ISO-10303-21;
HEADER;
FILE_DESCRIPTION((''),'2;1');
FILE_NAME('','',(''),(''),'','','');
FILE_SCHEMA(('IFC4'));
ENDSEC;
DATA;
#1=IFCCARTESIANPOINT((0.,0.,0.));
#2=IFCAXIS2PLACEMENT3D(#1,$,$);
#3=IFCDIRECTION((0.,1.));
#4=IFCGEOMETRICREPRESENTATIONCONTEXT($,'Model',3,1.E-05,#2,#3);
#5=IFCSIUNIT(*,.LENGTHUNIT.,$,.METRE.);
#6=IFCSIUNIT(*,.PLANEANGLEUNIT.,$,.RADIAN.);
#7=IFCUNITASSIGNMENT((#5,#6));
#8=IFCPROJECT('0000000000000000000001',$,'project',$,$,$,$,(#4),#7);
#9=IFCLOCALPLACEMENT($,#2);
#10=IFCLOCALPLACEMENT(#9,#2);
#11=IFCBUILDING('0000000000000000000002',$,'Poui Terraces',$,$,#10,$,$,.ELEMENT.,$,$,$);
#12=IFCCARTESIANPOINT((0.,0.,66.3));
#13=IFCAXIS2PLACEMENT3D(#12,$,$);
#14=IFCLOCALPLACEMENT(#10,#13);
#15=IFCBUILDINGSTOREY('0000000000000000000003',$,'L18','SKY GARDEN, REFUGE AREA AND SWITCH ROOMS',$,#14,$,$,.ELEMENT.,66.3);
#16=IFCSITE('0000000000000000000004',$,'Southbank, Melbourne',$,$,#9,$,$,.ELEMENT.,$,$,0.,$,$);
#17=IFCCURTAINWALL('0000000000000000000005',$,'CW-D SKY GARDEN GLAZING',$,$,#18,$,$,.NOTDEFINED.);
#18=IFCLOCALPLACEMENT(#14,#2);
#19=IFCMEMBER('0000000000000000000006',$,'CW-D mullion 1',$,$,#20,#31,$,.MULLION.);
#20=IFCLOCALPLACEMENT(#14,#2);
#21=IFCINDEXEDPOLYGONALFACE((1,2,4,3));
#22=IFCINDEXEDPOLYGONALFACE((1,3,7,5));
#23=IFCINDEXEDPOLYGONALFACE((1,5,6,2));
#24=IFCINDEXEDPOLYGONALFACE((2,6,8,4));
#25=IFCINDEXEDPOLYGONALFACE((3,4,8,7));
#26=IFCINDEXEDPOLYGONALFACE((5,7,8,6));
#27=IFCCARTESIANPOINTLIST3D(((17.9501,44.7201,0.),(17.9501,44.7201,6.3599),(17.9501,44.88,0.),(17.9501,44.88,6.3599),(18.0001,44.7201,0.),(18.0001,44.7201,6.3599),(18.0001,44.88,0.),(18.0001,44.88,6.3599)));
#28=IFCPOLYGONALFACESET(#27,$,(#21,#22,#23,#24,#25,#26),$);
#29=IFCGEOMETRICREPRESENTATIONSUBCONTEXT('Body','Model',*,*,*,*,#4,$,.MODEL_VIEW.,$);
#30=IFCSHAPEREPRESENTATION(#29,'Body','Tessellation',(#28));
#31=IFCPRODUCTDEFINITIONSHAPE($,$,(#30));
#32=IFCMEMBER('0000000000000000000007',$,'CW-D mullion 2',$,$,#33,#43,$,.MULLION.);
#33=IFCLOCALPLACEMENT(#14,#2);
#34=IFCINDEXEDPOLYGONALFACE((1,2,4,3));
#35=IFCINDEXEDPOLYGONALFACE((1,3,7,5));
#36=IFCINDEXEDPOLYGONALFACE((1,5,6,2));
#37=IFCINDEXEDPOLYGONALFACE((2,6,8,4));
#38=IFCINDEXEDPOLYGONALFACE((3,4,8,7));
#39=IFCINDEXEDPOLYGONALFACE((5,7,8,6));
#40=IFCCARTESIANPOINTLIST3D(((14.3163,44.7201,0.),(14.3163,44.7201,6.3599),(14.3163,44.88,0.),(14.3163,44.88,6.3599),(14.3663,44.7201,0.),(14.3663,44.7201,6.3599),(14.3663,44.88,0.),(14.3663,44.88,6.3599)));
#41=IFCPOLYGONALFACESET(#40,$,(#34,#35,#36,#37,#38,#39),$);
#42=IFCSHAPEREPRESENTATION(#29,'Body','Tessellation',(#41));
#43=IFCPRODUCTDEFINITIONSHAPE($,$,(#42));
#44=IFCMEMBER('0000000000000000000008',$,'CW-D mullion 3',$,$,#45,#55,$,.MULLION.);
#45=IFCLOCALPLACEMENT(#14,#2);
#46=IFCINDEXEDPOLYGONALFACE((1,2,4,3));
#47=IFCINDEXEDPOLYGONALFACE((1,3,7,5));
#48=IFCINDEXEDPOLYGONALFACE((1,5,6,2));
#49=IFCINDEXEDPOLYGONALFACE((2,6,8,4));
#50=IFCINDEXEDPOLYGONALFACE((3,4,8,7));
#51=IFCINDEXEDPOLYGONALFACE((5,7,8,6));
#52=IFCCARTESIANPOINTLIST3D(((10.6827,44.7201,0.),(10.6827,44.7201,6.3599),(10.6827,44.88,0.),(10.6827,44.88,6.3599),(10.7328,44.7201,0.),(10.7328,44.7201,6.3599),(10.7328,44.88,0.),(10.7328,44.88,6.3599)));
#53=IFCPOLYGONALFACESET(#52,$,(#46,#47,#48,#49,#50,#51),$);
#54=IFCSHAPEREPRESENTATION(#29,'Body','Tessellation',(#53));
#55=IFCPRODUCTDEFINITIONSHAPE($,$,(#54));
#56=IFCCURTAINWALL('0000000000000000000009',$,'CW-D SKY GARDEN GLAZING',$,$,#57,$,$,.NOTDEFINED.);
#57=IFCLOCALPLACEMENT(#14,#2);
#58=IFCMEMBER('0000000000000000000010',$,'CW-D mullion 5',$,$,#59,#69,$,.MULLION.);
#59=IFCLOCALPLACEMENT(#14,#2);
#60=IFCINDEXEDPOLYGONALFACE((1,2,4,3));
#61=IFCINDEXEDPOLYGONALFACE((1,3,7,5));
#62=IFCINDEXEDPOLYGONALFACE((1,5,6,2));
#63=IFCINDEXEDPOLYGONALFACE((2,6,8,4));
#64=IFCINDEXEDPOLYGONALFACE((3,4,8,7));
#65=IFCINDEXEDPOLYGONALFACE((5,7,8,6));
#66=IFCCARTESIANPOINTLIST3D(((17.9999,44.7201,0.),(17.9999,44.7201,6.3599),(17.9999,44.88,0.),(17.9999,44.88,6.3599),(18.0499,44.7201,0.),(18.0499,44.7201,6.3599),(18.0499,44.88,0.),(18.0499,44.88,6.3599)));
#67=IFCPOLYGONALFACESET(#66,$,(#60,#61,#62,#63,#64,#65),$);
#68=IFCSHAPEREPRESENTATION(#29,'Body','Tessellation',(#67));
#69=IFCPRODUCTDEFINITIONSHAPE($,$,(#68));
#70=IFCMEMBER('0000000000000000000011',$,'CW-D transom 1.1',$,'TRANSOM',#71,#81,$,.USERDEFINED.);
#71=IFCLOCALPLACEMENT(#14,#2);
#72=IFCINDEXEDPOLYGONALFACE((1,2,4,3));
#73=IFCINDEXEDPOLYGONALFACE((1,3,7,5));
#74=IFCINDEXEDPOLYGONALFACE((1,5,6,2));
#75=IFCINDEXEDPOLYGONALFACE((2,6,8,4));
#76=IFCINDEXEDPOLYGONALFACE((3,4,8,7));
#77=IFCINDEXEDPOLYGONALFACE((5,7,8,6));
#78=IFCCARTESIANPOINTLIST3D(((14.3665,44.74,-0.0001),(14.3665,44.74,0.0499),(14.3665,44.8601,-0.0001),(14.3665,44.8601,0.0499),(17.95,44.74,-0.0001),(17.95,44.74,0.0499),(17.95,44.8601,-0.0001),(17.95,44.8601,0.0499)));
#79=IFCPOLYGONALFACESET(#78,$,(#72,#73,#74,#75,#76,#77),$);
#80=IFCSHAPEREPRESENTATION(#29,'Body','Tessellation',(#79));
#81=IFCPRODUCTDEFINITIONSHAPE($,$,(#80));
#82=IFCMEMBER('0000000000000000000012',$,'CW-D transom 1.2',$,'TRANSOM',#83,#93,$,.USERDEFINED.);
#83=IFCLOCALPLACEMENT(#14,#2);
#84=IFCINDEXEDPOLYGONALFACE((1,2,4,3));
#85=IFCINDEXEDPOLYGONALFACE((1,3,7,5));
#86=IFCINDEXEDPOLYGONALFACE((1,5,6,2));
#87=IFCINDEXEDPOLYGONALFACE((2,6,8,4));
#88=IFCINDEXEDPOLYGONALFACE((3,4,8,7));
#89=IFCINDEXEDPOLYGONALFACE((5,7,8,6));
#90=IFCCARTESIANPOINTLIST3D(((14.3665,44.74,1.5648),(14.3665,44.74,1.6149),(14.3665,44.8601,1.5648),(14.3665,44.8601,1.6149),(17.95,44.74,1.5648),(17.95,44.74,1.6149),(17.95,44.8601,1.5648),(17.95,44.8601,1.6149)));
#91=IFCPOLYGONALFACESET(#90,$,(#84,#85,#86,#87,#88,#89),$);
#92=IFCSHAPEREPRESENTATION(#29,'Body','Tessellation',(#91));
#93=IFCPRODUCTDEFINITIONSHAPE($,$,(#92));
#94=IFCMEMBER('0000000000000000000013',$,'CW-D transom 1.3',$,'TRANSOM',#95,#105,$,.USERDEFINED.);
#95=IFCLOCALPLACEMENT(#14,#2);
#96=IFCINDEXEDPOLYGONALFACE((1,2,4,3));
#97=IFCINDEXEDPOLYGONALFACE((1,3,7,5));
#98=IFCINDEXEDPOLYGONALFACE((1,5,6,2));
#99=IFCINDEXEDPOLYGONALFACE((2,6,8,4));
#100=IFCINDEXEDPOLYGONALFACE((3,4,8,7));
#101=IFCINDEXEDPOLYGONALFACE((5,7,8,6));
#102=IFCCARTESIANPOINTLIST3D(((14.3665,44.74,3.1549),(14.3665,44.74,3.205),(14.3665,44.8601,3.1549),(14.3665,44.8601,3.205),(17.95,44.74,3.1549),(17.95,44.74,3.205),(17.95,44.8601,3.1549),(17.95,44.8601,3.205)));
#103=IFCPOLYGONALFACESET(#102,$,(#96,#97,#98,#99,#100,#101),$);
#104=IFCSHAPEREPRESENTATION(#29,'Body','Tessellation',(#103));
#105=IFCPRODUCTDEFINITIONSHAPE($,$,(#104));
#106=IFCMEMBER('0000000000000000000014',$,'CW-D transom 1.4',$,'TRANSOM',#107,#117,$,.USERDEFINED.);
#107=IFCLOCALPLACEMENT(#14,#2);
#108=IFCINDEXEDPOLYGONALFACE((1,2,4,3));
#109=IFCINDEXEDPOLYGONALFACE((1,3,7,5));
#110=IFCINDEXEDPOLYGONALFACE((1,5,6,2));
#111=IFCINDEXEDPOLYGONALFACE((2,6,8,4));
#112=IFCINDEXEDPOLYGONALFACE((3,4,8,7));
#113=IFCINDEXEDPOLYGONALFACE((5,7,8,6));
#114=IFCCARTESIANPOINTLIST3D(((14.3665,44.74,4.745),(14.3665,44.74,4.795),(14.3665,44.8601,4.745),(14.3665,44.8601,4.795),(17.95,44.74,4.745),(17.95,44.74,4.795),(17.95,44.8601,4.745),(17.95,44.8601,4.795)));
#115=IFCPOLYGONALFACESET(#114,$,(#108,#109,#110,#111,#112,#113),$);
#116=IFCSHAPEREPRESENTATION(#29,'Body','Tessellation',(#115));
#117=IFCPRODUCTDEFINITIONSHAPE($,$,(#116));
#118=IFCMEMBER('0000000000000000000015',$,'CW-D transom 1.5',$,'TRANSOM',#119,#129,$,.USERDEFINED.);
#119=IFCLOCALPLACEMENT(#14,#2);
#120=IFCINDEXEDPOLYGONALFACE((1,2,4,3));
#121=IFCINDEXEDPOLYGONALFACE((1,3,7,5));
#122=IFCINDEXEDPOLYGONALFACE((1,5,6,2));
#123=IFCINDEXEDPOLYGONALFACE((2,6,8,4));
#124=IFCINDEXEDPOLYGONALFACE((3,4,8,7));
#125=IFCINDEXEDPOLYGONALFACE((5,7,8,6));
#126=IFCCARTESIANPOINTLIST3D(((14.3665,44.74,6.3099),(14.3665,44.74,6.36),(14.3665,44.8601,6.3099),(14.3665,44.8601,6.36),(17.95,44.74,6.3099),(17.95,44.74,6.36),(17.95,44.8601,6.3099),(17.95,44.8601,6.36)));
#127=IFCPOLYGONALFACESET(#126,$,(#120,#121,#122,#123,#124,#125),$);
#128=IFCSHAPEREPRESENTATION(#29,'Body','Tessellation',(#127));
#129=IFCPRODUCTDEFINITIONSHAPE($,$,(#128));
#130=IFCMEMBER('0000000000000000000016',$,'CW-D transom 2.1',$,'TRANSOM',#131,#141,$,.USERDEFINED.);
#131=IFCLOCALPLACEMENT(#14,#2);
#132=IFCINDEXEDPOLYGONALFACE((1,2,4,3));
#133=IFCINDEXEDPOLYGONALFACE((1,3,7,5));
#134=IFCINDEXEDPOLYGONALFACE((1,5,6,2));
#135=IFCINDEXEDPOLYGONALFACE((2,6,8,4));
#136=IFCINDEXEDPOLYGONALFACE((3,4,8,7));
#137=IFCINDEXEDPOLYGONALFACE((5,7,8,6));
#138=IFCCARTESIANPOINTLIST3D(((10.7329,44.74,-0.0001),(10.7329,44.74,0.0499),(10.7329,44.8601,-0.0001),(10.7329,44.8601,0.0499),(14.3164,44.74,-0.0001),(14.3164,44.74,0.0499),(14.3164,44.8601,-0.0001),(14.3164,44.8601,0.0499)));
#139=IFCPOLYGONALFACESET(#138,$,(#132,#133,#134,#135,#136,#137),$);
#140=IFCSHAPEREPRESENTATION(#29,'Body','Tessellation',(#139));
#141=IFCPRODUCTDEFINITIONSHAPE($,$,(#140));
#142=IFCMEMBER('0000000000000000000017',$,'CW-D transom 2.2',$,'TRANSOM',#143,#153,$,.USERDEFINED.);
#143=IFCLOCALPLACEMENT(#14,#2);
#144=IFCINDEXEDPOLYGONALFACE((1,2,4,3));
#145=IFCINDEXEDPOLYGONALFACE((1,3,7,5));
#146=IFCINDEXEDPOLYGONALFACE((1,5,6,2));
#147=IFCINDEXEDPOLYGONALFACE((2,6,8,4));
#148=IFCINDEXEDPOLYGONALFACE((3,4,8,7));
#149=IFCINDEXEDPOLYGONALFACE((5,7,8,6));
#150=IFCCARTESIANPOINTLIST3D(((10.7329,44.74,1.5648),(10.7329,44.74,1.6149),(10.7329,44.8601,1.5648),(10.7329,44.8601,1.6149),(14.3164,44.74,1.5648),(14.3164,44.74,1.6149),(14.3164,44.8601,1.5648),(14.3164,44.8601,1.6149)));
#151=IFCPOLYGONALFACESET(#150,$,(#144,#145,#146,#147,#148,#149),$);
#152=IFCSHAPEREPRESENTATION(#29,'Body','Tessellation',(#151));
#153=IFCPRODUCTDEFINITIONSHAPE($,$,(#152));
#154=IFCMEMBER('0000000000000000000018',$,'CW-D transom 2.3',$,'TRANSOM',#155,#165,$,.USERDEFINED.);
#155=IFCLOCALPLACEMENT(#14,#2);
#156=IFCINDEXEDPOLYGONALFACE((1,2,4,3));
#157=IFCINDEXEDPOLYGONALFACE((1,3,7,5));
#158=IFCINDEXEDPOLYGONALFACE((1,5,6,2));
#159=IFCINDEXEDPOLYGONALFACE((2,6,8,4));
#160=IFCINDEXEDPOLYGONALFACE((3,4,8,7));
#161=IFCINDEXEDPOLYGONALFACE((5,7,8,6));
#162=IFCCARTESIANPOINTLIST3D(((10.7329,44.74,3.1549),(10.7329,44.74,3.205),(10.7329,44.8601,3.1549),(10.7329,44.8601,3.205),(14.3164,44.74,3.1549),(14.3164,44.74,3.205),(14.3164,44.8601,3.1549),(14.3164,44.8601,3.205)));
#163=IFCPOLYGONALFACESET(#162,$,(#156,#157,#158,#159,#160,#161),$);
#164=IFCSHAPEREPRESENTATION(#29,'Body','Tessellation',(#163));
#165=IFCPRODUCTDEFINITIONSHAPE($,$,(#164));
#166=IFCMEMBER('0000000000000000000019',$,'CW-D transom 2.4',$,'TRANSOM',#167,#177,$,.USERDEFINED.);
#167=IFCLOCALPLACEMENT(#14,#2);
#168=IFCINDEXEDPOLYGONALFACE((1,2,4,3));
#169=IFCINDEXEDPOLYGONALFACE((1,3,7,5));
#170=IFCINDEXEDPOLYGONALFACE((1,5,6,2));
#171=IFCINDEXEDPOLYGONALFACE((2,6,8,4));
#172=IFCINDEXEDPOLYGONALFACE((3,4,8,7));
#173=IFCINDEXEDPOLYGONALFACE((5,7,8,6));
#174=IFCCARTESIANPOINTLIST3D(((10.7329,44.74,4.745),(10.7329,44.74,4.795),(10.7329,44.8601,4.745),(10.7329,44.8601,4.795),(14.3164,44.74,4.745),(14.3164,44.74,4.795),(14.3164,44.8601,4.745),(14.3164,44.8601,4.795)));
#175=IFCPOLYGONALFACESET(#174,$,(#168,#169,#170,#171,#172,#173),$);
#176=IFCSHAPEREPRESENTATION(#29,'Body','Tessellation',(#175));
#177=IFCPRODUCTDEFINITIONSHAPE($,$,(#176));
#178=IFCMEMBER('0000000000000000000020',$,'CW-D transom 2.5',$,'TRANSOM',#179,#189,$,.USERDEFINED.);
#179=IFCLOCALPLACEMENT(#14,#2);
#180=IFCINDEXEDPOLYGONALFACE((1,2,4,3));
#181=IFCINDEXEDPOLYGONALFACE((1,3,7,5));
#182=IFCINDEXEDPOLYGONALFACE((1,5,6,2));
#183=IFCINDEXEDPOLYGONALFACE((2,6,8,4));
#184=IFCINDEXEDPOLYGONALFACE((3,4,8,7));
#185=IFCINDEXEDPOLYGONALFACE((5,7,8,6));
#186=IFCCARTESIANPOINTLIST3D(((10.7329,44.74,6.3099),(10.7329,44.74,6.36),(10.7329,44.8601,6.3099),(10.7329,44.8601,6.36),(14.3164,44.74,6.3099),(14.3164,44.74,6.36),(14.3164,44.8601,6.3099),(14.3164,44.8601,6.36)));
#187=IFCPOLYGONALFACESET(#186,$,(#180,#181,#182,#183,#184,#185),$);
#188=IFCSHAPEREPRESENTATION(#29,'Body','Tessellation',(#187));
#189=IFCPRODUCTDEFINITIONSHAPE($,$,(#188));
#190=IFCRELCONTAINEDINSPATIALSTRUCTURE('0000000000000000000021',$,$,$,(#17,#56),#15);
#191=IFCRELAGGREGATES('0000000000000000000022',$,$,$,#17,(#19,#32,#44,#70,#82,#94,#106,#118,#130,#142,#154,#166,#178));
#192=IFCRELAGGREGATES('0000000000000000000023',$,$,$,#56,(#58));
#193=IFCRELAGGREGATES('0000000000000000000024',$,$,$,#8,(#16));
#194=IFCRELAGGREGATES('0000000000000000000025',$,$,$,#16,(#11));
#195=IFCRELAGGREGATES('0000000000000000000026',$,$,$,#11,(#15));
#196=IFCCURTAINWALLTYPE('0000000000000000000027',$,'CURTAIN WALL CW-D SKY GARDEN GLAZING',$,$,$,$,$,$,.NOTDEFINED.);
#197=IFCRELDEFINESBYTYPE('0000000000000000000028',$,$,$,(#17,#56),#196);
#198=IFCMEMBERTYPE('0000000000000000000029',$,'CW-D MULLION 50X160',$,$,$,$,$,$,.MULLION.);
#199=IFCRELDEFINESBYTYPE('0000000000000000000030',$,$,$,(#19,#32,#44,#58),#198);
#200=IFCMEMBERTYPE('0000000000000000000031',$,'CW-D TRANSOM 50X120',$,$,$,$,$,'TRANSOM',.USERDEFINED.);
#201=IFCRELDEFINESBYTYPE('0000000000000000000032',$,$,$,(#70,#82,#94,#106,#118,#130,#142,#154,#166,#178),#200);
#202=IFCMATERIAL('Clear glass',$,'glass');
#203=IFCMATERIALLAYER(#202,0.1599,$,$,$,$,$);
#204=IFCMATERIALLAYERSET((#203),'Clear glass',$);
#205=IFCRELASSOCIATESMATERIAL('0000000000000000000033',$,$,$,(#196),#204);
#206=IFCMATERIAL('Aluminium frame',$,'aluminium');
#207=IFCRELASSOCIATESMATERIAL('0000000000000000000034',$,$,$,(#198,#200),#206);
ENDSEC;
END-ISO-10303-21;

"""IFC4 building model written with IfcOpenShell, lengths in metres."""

from ifc_helpers import new_model, si_unit, direction, frame, origin, origin_2d, place, context, subcontext, project, spatial, rectangle, extrude, material, layer, layer_set, material_profile, profile_set, type_object, element, aggregate, save


model = new_model("IFC4")

# Units and contexts
model_context = context("Model", 3, precision=1e-05, world=origin(), true_north=direction((0.0, 1.0)))
body_context = subcontext(model_context, "Body", "Model", "MODEL_VIEW")
ifc_project = project(units=[si_unit("LENGTHUNIT", "METRE"), si_unit("PLANEANGLEUNIT", "RADIAN")], contexts=[model_context])

# Site, building, storey
site_placement = place(None, origin())
site = spatial("IfcSite", under=ifc_project, at=site_placement, Name="Southbank, Melbourne", CompositionType="ELEMENT", RefElevation=0.0)
building_placement = place(site_placement, origin())
building = spatial("IfcBuilding", under=site, at=building_placement, Name="Poui Terraces", CompositionType="ELEMENT")
storey_placement = place(building_placement, frame((0.0, 0.0, 66.3)))
storey = spatial("IfcBuildingStorey", under=building, at=storey_placement, Name="L18", Description="SKY GARDEN, REFUGE AREA AND SWITCH ROOMS", CompositionType="ELEMENT", Elevation=66.3)

# Curtain wall, members
ifc_material_1 = material(Name="Clear glass", Category="glass")
ifc_layer_1 = layer(ifc_material_1, 0.1599)
ifc_layer_set_1 = layer_set([ifc_layer_1], Name="Clear glass")
curtain_wall_type = type_object("IfcCurtainWallType", Name="CURTAIN WALL CW-D SKY GARDEN GLAZING", PredefinedType="NOTDEFINED", material=ifc_layer_set_1)
curtain_wall_1_placement = place(storey_placement, origin())
curtain_wall_1 = element("IfcCurtainWall", 1, at=curtain_wall_1_placement, inside=storey, type_object=curtain_wall_type, Name="CW-D SKY GARDEN GLAZING", PredefinedType="NOTDEFINED")
ifc_material_2 = material(Name="Aluminium frame", Category="aluminium")
ifc_material_profile_1 = material_profile(ifc_material_2, rectangle(XDim=0.1599, YDim=0.05, at=origin_2d()), Name="CW-D MULLION 50X160")
ifc_profile_set_1 = profile_set([ifc_material_profile_1], Name="Aluminium frame")
member_type_1 = type_object("IfcMemberType", Name="CW-D MULLION 50X160", PredefinedType="MULLION", material=ifc_profile_set_1)
member_1_placement = place(storey_placement, frame((17.9751, 44.8, 0.0), z_axis=(0.0, 0.0, 1.0), x_axis=(0.0, -1.0, 0.0)))
member_1 = element("IfcMember", 2, at=member_1_placement, type_object=member_type_1, Name="CW-D mullion 1", PredefinedType="MULLION", context=body_context, shape_type="SweptSolid", body=[
    extrude(rectangle(XDim=0.1599, YDim=0.05, at=origin_2d()), origin(), (0.0, 0.0, 1.0), 6.3599),
])
member_2_placement = place(storey_placement, frame((14.3413, 44.8, 0.0), z_axis=(0.0, 0.0, 1.0), x_axis=(0.0, -1.0, 0.0)))
member_2 = element("IfcMember", 3, at=member_2_placement, type_object=member_type_1, Name="CW-D mullion 2", PredefinedType="MULLION", context=body_context, shape_type="SweptSolid", body=[
    extrude(rectangle(XDim=0.1599, YDim=0.05, at=origin_2d()), origin(), (0.0, 0.0, 1.0), 6.3599),
])
member_3_placement = place(storey_placement, frame((10.7078, 44.8, 0.0), z_axis=(0.0, 0.0, 1.0), x_axis=(0.0, -1.0, 0.0)))
member_3 = element("IfcMember", 4, at=member_3_placement, type_object=member_type_1, Name="CW-D mullion 3", PredefinedType="MULLION", context=body_context, shape_type="SweptSolid", body=[
    extrude(rectangle(XDim=0.1599, YDim=0.05, at=origin_2d()), origin(), (0.0, 0.0, 1.0), 6.3599),
])

# Curtain wall, member
curtain_wall_2_placement = place(storey_placement, origin())
curtain_wall_2 = element("IfcCurtainWall", 5, at=curtain_wall_2_placement, inside=storey, type_object=curtain_wall_type, Name="CW-D SKY GARDEN GLAZING", PredefinedType="NOTDEFINED")
member_4_placement = place(storey_placement, frame((18.0249, 44.8, 0.0), z_axis=(0.0, 0.0, 1.0), x_axis=(0.0, -1.0, 0.0)))
member_4 = element("IfcMember", 6, at=member_4_placement, type_object=member_type_1, Name="CW-D mullion 5", PredefinedType="MULLION", context=body_context, shape_type="SweptSolid", body=[
    extrude(rectangle(XDim=0.1599, YDim=0.05, at=origin_2d()), origin(), (0.0, 0.0, 1.0), 6.3599),
])

# Members
ifc_material_profile_2 = material_profile(ifc_material_2, rectangle(XDim=0.1201, YDim=0.05, at=origin_2d()), Name="CW-D TRANSOM 50X120")
ifc_profile_set_2 = profile_set([ifc_material_profile_2], Name="Aluminium frame")
member_type_2 = type_object("IfcMemberType", Name="CW-D TRANSOM 50X120", ElementType="TRANSOM", PredefinedType="USERDEFINED", material=ifc_profile_set_2)
member_5_placement = place(storey_placement, frame((17.95, 44.8, 0.0249), z_axis=(-1.0, 0.0, 0.0), x_axis=(0.0, -1.0, 0.0)))
member_5 = element("IfcMember", 7, at=member_5_placement, type_object=member_type_2, Name="CW-D transom 1.1", ObjectType="TRANSOM", PredefinedType="USERDEFINED", context=body_context, shape_type="SweptSolid", body=[
    extrude(rectangle(XDim=0.1201, YDim=0.05, at=origin_2d()), origin(), (0.0, 0.0, 1.0), 3.5835),
])
member_6_placement = place(storey_placement, frame((17.95, 44.8, 1.5898), z_axis=(-1.0, 0.0, 0.0), x_axis=(0.0, -1.0, 0.0)))
member_6 = element("IfcMember", 8, at=member_6_placement, type_object=member_type_2, Name="CW-D transom 1.2", ObjectType="TRANSOM", PredefinedType="USERDEFINED", context=body_context, shape_type="SweptSolid", body=[
    extrude(rectangle(XDim=0.1201, YDim=0.05, at=origin_2d()), origin(), (0.0, 0.0, 1.0), 3.5835),
])
member_7_placement = place(storey_placement, frame((17.95, 44.8, 3.1799), z_axis=(-1.0, 0.0, 0.0), x_axis=(0.0, -1.0, 0.0)))
member_7 = element("IfcMember", 9, at=member_7_placement, type_object=member_type_2, Name="CW-D transom 1.3", ObjectType="TRANSOM", PredefinedType="USERDEFINED", context=body_context, shape_type="SweptSolid", body=[
    extrude(rectangle(XDim=0.1201, YDim=0.05, at=origin_2d()), origin(), (0.0, 0.0, 1.0), 3.5835),
])
member_8_placement = place(storey_placement, frame((17.95, 44.8, 4.77), z_axis=(-1.0, 0.0, 0.0), x_axis=(0.0, -1.0, 0.0)))
member_8 = element("IfcMember", 10, at=member_8_placement, type_object=member_type_2, Name="CW-D transom 1.4", ObjectType="TRANSOM", PredefinedType="USERDEFINED", context=body_context, shape_type="SweptSolid", body=[
    extrude(rectangle(XDim=0.1201, YDim=0.05, at=origin_2d()), origin(), (0.0, 0.0, 1.0), 3.5835),
])
member_9_placement = place(storey_placement, frame((17.95, 44.8, 6.335), z_axis=(-1.0, 0.0, 0.0), x_axis=(0.0, -1.0, 0.0)))
member_9 = element("IfcMember", 11, at=member_9_placement, type_object=member_type_2, Name="CW-D transom 1.5", ObjectType="TRANSOM", PredefinedType="USERDEFINED", context=body_context, shape_type="SweptSolid", body=[
    extrude(rectangle(XDim=0.1201, YDim=0.05, at=origin_2d()), origin(), (0.0, 0.0, 1.0), 3.5835),
])
member_10_placement = place(storey_placement, frame((14.3164, 44.8, 0.0249), z_axis=(-1.0, 0.0, 0.0), x_axis=(0.0, -1.0, 0.0)))
member_10 = element("IfcMember", 12, at=member_10_placement, type_object=member_type_2, Name="CW-D transom 2.1", ObjectType="TRANSOM", PredefinedType="USERDEFINED", context=body_context, shape_type="SweptSolid", body=[
    extrude(rectangle(XDim=0.1201, YDim=0.05, at=origin_2d()), origin(), (0.0, 0.0, 1.0), 3.5835),
])
member_11_placement = place(storey_placement, frame((14.3164, 44.8, 1.5898), z_axis=(-1.0, 0.0, 0.0), x_axis=(0.0, -1.0, 0.0)))
member_11 = element("IfcMember", 13, at=member_11_placement, type_object=member_type_2, Name="CW-D transom 2.2", ObjectType="TRANSOM", PredefinedType="USERDEFINED", context=body_context, shape_type="SweptSolid", body=[
    extrude(rectangle(XDim=0.1201, YDim=0.05, at=origin_2d()), origin(), (0.0, 0.0, 1.0), 3.5835),
])
member_12_placement = place(storey_placement, frame((14.3164, 44.8, 3.1799), z_axis=(-1.0, 0.0, 0.0), x_axis=(0.0, -1.0, 0.0)))
member_12 = element("IfcMember", 14, at=member_12_placement, type_object=member_type_2, Name="CW-D transom 2.3", ObjectType="TRANSOM", PredefinedType="USERDEFINED", context=body_context, shape_type="SweptSolid", body=[
    extrude(rectangle(XDim=0.1201, YDim=0.05, at=origin_2d()), origin(), (0.0, 0.0, 1.0), 3.5835),
])
member_13_placement = place(storey_placement, frame((14.3164, 44.8, 4.77), z_axis=(-1.0, 0.0, 0.0), x_axis=(0.0, -1.0, 0.0)))
member_13 = element("IfcMember", 15, at=member_13_placement, type_object=member_type_2, Name="CW-D transom 2.4", ObjectType="TRANSOM", PredefinedType="USERDEFINED", context=body_context, shape_type="SweptSolid", body=[
    extrude(rectangle(XDim=0.1201, YDim=0.05, at=origin_2d()), origin(), (0.0, 0.0, 1.0), 3.5835),
])
member_14_placement = place(storey_placement, frame((14.3164, 44.8, 6.335), z_axis=(-1.0, 0.0, 0.0), x_axis=(0.0, -1.0, 0.0)))
member_14 = element("IfcMember", 16, at=member_14_placement, type_object=member_type_2, Name="CW-D transom 2.5", ObjectType="TRANSOM", PredefinedType="USERDEFINED", context=body_context, shape_type="SweptSolid", body=[
    extrude(rectangle(XDim=0.1201, YDim=0.05, at=origin_2d()), origin(), (0.0, 0.0, 1.0), 3.5835),
])

aggregate(curtain_wall_1, [member_1, member_2, member_3, member_5, member_6, member_7, member_8, member_9, member_10, member_11, member_12, member_13, member_14])
aggregate(curtain_wall_2, [member_4])

save(model, "model.ifc")
